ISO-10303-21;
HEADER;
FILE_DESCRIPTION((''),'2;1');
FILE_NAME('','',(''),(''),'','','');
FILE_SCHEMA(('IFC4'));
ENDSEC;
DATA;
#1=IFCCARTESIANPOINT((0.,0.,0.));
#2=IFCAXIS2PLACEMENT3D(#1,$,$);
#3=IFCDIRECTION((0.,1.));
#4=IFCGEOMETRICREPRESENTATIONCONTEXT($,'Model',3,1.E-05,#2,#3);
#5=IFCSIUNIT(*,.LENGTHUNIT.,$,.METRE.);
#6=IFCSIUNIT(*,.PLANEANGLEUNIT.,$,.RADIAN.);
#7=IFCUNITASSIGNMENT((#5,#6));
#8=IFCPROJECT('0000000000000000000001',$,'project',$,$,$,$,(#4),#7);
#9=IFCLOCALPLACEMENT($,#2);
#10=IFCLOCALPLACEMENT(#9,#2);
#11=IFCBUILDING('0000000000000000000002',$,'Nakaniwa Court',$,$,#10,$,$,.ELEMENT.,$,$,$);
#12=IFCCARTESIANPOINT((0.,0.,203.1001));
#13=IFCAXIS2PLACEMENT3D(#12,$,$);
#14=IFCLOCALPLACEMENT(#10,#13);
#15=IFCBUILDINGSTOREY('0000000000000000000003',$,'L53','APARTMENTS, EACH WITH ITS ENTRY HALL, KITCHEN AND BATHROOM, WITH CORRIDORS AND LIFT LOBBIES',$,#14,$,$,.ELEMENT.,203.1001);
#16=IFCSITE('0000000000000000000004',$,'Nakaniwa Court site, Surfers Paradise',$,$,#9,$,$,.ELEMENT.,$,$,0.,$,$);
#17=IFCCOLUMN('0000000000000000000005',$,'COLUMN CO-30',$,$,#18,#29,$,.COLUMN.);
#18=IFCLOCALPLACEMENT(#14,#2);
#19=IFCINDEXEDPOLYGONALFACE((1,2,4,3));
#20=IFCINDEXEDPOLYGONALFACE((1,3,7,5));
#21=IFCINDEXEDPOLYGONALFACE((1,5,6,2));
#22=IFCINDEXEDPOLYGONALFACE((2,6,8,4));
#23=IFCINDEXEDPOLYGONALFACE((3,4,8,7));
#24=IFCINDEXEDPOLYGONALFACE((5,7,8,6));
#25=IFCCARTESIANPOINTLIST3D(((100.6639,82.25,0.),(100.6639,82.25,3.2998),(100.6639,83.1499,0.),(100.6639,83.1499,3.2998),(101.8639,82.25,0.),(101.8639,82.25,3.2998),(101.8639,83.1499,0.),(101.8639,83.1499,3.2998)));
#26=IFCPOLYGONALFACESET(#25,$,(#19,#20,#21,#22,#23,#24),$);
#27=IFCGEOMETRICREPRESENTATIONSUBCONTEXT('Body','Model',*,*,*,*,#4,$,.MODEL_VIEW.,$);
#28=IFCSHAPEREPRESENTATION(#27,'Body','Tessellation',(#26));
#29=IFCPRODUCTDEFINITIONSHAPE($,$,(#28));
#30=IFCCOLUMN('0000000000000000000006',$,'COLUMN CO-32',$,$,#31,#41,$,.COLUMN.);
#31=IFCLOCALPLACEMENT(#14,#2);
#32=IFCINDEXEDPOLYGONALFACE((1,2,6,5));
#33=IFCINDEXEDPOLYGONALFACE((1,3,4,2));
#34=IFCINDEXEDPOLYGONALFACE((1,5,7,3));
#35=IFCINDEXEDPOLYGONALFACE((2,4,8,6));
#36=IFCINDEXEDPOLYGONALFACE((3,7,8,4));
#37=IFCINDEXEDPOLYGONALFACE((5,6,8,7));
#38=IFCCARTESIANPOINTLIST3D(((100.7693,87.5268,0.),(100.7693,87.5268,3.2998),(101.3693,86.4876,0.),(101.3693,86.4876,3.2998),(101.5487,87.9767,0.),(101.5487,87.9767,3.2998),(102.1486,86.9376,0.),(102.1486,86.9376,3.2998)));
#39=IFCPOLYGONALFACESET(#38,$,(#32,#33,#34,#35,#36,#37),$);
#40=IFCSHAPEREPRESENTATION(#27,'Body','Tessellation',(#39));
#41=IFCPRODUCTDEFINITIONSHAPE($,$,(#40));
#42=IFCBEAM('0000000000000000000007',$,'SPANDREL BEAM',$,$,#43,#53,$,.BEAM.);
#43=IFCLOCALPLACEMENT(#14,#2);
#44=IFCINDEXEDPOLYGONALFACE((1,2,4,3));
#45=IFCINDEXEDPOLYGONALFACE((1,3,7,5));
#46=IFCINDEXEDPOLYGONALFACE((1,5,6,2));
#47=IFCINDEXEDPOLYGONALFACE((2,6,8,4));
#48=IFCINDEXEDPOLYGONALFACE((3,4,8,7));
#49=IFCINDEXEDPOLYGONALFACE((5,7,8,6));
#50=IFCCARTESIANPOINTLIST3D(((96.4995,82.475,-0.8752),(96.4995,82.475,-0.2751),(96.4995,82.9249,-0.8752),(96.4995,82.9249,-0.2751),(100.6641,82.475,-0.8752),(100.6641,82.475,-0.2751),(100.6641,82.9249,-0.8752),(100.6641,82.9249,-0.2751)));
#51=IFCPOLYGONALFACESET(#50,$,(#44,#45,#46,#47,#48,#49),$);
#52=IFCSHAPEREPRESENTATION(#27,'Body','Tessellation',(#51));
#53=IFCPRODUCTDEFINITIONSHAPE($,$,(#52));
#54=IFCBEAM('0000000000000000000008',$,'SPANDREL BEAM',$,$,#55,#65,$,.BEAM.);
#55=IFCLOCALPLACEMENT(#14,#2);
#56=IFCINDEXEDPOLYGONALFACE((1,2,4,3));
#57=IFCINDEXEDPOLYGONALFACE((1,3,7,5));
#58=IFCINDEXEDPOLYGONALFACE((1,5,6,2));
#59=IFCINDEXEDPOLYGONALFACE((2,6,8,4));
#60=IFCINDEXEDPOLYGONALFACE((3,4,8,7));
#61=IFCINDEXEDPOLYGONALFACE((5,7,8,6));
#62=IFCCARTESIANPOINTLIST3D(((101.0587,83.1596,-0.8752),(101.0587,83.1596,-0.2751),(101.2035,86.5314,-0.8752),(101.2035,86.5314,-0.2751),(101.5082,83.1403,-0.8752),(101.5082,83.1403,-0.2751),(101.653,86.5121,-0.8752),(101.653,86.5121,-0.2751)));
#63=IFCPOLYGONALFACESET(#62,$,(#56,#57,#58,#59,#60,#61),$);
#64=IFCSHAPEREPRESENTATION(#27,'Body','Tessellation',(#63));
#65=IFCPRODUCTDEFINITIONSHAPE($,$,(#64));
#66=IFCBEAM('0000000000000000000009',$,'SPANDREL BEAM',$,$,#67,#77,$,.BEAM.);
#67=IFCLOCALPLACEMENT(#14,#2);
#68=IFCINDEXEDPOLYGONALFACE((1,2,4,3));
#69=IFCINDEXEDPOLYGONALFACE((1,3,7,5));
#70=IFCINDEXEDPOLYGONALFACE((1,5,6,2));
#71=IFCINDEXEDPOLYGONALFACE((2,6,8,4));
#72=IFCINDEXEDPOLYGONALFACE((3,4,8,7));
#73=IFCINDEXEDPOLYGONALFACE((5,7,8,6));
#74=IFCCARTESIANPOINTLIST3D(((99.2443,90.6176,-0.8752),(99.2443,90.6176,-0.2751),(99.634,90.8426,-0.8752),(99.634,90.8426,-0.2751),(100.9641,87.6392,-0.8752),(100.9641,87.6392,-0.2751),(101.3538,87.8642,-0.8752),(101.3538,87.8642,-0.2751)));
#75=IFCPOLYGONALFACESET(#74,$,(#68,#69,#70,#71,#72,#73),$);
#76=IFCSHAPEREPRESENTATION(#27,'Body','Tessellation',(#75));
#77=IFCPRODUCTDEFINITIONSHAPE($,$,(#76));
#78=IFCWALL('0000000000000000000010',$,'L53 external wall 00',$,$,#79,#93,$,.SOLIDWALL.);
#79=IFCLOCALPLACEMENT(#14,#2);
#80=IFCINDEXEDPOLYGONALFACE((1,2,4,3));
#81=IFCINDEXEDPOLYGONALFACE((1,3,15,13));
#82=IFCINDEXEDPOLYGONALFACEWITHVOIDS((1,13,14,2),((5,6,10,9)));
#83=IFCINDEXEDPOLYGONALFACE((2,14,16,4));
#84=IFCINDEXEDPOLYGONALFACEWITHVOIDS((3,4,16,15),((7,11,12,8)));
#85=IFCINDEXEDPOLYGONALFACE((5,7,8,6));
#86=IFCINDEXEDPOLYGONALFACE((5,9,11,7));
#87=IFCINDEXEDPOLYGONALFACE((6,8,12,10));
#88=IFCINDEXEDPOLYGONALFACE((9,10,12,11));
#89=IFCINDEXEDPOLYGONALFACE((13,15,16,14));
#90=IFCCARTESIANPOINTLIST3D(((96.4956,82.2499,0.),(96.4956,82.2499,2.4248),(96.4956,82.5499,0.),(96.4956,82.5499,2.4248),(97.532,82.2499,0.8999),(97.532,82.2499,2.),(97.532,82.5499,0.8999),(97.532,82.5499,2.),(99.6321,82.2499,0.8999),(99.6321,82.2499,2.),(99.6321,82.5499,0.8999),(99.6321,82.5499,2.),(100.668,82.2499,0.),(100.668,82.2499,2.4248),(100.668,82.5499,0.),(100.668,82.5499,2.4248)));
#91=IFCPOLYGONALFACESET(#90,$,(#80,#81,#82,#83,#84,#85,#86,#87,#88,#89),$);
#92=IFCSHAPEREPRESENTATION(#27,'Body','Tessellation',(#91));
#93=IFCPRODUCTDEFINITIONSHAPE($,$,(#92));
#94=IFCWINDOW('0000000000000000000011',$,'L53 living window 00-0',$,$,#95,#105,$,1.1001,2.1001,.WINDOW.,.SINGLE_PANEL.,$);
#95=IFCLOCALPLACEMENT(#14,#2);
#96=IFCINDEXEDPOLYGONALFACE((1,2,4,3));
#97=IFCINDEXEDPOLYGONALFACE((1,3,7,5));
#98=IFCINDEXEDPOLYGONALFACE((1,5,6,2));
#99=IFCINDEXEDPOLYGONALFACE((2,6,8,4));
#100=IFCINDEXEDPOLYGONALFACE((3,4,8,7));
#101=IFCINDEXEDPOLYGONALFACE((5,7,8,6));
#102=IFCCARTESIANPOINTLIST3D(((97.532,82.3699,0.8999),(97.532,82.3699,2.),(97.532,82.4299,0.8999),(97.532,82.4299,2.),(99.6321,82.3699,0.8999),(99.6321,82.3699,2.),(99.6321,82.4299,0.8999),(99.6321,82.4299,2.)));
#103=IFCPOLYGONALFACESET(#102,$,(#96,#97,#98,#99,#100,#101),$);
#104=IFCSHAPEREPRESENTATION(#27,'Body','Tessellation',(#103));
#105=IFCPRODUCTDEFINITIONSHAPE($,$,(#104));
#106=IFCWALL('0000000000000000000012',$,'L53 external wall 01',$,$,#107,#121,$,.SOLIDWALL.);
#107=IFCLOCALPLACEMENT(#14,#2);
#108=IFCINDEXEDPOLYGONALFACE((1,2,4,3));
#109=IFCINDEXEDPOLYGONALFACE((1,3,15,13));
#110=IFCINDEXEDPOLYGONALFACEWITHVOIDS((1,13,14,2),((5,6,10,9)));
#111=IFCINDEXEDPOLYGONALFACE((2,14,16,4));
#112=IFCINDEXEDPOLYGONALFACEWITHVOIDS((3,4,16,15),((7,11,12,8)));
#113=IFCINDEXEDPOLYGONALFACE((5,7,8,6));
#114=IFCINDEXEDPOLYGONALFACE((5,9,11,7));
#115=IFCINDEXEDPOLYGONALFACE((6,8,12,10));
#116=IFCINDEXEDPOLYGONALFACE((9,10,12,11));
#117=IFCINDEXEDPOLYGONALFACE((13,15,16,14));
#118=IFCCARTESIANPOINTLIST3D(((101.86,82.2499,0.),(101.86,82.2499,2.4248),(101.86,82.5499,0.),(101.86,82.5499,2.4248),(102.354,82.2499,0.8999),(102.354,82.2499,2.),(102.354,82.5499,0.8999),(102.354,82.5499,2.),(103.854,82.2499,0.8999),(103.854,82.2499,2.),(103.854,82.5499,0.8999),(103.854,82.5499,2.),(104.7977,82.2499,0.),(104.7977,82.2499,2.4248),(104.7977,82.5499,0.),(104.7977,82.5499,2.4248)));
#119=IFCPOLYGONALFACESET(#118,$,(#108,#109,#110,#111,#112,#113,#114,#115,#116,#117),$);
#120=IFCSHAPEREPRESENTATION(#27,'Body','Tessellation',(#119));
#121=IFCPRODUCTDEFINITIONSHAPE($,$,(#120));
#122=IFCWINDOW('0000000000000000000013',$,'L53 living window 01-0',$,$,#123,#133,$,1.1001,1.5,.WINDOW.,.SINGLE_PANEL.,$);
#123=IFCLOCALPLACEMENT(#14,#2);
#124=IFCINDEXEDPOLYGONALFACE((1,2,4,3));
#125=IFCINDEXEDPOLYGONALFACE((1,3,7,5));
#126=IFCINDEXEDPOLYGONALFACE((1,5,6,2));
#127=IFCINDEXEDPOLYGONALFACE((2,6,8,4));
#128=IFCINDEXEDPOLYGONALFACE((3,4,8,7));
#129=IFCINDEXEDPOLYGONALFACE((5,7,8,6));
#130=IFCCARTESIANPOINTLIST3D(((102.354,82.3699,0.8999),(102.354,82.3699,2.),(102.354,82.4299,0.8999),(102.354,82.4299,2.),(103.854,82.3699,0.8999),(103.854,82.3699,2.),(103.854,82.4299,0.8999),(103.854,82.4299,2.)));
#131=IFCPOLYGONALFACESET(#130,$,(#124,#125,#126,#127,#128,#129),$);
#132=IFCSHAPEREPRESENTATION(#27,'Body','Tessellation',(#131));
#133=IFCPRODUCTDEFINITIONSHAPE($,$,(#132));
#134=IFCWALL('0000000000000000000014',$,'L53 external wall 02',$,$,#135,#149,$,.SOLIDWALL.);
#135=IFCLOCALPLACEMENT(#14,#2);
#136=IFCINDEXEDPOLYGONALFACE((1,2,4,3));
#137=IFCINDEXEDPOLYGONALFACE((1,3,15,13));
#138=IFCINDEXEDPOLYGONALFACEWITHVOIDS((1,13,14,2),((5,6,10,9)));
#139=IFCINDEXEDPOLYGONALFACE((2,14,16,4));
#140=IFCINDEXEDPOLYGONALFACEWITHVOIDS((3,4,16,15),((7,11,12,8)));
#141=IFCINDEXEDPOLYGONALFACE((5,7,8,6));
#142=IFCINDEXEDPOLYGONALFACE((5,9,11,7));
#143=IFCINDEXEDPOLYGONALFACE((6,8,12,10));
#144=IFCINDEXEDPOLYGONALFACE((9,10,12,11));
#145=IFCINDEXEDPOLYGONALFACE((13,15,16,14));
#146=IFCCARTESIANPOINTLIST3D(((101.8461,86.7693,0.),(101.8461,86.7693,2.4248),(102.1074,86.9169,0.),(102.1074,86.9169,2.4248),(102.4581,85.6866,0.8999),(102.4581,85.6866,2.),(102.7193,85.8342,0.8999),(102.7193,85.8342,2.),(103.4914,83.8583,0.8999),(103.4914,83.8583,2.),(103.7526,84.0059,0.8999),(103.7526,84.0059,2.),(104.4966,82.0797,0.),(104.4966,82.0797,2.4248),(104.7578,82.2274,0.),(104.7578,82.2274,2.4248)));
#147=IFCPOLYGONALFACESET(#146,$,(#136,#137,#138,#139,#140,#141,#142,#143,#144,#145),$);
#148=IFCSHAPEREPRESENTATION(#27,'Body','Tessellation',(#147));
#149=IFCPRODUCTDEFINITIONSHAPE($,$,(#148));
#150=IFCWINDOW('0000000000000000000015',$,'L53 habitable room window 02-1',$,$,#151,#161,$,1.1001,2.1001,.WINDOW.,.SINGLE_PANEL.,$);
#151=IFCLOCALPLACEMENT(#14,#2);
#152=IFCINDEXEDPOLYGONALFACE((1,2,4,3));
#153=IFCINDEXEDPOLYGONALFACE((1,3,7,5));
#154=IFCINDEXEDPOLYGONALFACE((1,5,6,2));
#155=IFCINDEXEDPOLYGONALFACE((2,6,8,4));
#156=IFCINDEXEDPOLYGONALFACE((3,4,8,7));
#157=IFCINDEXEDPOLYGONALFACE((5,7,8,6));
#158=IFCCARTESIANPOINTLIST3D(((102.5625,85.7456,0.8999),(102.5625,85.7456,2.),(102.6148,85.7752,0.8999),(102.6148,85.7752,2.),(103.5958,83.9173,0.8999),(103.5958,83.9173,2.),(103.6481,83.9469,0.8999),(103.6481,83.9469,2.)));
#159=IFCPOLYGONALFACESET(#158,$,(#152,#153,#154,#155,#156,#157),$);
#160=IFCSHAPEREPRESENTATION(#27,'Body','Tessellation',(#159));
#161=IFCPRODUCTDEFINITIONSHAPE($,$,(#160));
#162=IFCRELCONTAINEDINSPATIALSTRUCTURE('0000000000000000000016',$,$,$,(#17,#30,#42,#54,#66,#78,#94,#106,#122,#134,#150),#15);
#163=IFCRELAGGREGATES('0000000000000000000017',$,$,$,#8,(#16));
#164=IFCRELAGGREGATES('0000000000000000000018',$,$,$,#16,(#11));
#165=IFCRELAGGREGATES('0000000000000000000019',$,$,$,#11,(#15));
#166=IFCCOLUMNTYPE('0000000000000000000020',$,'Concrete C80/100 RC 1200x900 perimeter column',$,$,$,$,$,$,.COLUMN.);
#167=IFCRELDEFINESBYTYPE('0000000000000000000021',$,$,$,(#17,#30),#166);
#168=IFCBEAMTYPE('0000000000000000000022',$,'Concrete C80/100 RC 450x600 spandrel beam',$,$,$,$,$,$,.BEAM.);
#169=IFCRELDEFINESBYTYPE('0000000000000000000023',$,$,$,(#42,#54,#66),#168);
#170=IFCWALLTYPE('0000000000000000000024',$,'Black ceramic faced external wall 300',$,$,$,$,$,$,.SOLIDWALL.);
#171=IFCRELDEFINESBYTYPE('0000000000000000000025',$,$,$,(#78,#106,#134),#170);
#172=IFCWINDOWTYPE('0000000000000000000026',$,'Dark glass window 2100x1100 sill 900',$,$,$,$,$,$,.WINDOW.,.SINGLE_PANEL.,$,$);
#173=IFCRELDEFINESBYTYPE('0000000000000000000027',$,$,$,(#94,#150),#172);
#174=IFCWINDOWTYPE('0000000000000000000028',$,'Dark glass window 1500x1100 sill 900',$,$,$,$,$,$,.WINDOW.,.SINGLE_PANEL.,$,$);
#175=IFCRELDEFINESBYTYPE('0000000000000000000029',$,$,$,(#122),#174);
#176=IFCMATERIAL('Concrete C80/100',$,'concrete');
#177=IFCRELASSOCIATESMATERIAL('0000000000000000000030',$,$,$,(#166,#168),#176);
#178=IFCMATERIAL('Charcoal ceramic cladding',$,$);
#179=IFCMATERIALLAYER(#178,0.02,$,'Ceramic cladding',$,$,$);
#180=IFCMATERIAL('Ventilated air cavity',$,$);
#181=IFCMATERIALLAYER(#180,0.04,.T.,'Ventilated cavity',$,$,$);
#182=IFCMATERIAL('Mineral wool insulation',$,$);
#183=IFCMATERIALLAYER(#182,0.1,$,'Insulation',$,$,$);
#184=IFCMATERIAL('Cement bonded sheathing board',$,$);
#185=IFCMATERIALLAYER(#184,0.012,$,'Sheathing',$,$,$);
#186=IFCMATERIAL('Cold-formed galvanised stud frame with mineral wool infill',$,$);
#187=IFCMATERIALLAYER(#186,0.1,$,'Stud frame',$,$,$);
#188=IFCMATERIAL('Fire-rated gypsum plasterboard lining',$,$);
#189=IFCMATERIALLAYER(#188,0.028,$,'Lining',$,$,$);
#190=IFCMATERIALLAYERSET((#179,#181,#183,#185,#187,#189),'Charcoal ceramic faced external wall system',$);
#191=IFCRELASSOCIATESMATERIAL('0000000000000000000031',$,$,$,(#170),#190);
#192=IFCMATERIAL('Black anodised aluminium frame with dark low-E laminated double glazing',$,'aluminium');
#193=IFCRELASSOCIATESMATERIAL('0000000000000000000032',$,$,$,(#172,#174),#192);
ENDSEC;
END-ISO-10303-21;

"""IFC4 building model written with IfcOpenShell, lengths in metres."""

from ifc_helpers import new_model, si_unit, direction, frame, frame_2d, origin, origin_2d, place, context, subcontext, project, spatial, rectangle, extrude, material, layer, layer_set, material_profile, profile_set, type_object, element, fill, save


model = new_model("IFC4")

# Units and contexts
model_context = context("Model", 3, precision=1e-05, world=origin(), true_north=direction((0.0, 1.0)))
body_context = subcontext(model_context, "Body", "Model", "MODEL_VIEW")
ifc_project = project(units=[si_unit("LENGTHUNIT", "METRE"), si_unit("PLANEANGLEUNIT", "RADIAN")], contexts=[model_context])

# Site, building, storey
site_placement = place(None, origin())
site = spatial("IfcSite", under=ifc_project, at=site_placement, Name="Nakaniwa Court site, Surfers Paradise", CompositionType="ELEMENT", RefElevation=0.0)
building_placement = place(site_placement, origin())
building = spatial("IfcBuilding", under=site, at=building_placement, Name="Nakaniwa Court", CompositionType="ELEMENT")
storey_placement = place(building_placement, frame((0.0, 0.0, 203.1001)))
storey = spatial("IfcBuildingStorey", under=building, at=storey_placement, Name="L53", Description="APARTMENTS, EACH WITH ITS ENTRY HALL, KITCHEN AND BATHROOM, WITH CORRIDORS AND LIFT LOBBIES", CompositionType="ELEMENT", Elevation=203.1001)

# Columns
ifc_material_1 = material(Name="Concrete C80/100", Category="concrete")
ifc_material_profile_1 = material_profile(ifc_material_1, rectangle(XDim=1.2, YDim=0.8999, at=origin_2d()), Name="Concrete C80/100 RC 1200x900 perimeter column")
ifc_profile_set_1 = profile_set([ifc_material_profile_1], Name="Concrete C80/100")
column_type = type_object("IfcColumnType", Name="Concrete C80/100 RC 1200x900 perimeter column", PredefinedType="COLUMN", material=ifc_profile_set_1)
for number, where, z_axis, x_axis, name in (
    (1, (101.2639, 82.7, 0.0), (0.0, 0.0, 1.0), (1.0, 0.0, 0.0), "COLUMN CO-30"),
    (2, (101.459, 87.2322, 0.0), (0.0, 0.0, 1.0), (-0.5, 0.866025, 0.0), "COLUMN CO-32"),
):
    element("IfcColumn", number, at=place(storey_placement, frame(where, z_axis=z_axis, x_axis=x_axis)), inside=storey, type_object=column_type, Name=name, PredefinedType="COLUMN", context=body_context, shape_type="SweptSolid", body=[
        extrude(rectangle(XDim=1.2, YDim=0.8999, at=origin_2d()), origin(), (0.0, 0.0, 1.0), 3.2998),
    ])

# Beams
ifc_material_profile_2 = material_profile(ifc_material_1, rectangle(XDim=0.45, YDim=0.6001, at=origin_2d()), Name="Concrete C80/100 RC 450x600 spandrel beam")
ifc_profile_set_2 = profile_set([ifc_material_profile_2], Name="Concrete C80/100")
beam_type = type_object("IfcBeamType", Name="Concrete C80/100 RC 450x600 spandrel beam", PredefinedType="BEAM", material=ifc_profile_set_2)
beam_1_placement = place(storey_placement, frame((96.4995, 82.7, -0.5752), z_axis=(1.0, 0.0, 0.0), x_axis=(0.0, 1.0, 0.0)))
element("IfcBeam", 3, at=beam_1_placement, inside=storey, type_object=beam_type, Name="SPANDREL BEAM", PredefinedType="BEAM", context=body_context, shape_type="SweptSolid", body=[
    extrude(rectangle(XDim=0.45, YDim=0.6001, at=origin_2d()), origin(), (0.0, 0.0, 1.0), 4.1646),
])
beam_2_placement = place(storey_placement, frame((101.2834, 83.1499, -0.5752), z_axis=(0.042897, 0.999079, 0.0), x_axis=(-0.999079, 0.042897, 0.0)))
element("IfcBeam", 4, at=beam_2_placement, inside=storey, type_object=beam_type, Name="SPANDREL BEAM", PredefinedType="BEAM", context=body_context, shape_type="SweptSolid", body=[
    extrude(rectangle(XDim=0.45, YDim=0.6001, at=origin_2d()), origin(), (0.0, 0.0, 1.0), 3.375),
])
beam_3_placement = place(storey_placement, frame((101.1589, 87.7517, -0.5752), z_axis=(-0.500048, 0.865998, 0.0), x_axis=(-0.865998, -0.500048, 0.0)))
element("IfcBeam", 5, at=beam_3_placement, inside=storey, type_object=beam_type, Name="SPANDREL BEAM", PredefinedType="BEAM", context=body_context, shape_type="SweptSolid", body=[
    extrude(rectangle(XDim=0.45, YDim=0.6001, at=origin_2d()), origin(), (0.0, 0.0, 1.0), 3.4392),
])

# Walls, openings, windows
ifc_material_2 = material(Name="Charcoal ceramic cladding")
ifc_layer_1 = layer(ifc_material_2, 0.02, Name="Ceramic cladding")
ifc_material_3 = material(Name="Ventilated air cavity")
ifc_layer_2 = layer(ifc_material_3, 0.04, ventilated=True, Name="Ventilated cavity")
ifc_material_4 = material(Name="Mineral wool insulation")
ifc_layer_3 = layer(ifc_material_4, 0.1, Name="Insulation")
ifc_material_5 = material(Name="Cement bonded sheathing board")
ifc_layer_4 = layer(ifc_material_5, 0.012, Name="Sheathing")
ifc_material_6 = material(Name="Cold-formed galvanised stud frame with mineral wool infill")
ifc_layer_5 = layer(ifc_material_6, 0.1, Name="Stud frame")
ifc_material_7 = material(Name="Fire-rated gypsum plasterboard lining")
ifc_layer_6 = layer(ifc_material_7, 0.028, Name="Lining")
ifc_layer_set_1 = layer_set([ifc_layer_1, ifc_layer_2, ifc_layer_3, ifc_layer_4, ifc_layer_5, ifc_layer_6], Name="Charcoal ceramic faced external wall system")
wall_type_1 = type_object("IfcWallType", Name="Black ceramic faced external wall 300", PredefinedType="SOLIDWALL", material=ifc_layer_set_1)
wall_1_placement = place(storey_placement, frame((96.4956, 82.3999, 0.0), z_axis=(0.0, 0.0, 1.0), x_axis=(1.0, 0.0, 0.0)))
wall_1 = element("IfcWall", 6, at=wall_1_placement, inside=storey, type_object=wall_type_1, Name="L53 external wall 00", PredefinedType="SOLIDWALL", context=body_context, shape_type="SweptSolid", body=[
    extrude(rectangle(XDim=4.1724, YDim=0.3, at=frame_2d((2.0862, 0.0))), origin(), (0.0, 0.0, 1.0), 2.4248),
])
opening_1_placement = place(wall_1_placement, frame((1.0364, 0.0, 0.8999)))
opening_1 = element("IfcOpeningElement", 7, at=opening_1_placement, cuts=wall_1, PredefinedType="OPENING", context=body_context, shape_type="SweptSolid", body=[
    extrude(rectangle(XDim=2.1001, YDim=1.1001, at=frame_2d((1.05, 0.55))), frame((0.0, 0.1599, 0.0), z_axis=(0.0, -1.0, 0.0), x_axis=(1.0, 0.0, 0.0)), (0.0, 0.0, 1.0), 0.3201),
])
ifc_material_8 = material(Name="Black anodised aluminium frame with dark low-E laminated double glazing", Category="aluminium")
window_type_1 = type_object("IfcWindowType", Name="Dark glass window 2100x1100 sill 900", PartitioningType="SINGLE_PANEL", PredefinedType="WINDOW", material=ifc_material_8)
window_1_placement = place(opening_1_placement, origin())
window_1 = element("IfcWindow", 8, at=window_1_placement, inside=storey, type_object=window_type_1, Name="L53 living window 00-0", OverallHeight=1.1001, OverallWidth=2.1001, PartitioningType="SINGLE_PANEL", PredefinedType="WINDOW", context=body_context, shape_type="SweptSolid", body=[
    extrude(rectangle(XDim=2.1001, YDim=1.1001, at=frame_2d((1.05, 0.55))), frame((0.0, 0.03, 0.0), z_axis=(0.0, -1.0, 0.0), x_axis=(1.0, 0.0, 0.0)), (0.0, 0.0, 1.0), 0.0601),
])
fill(opening_1, window_1)
wall_2_placement = place(storey_placement, frame((101.8601, 82.3999, 0.0), z_axis=(0.0, 0.0, 1.0), x_axis=(1.0, 0.0, 0.0)))
wall_2 = element("IfcWall", 9, at=wall_2_placement, inside=storey, type_object=wall_type_1, Name="L53 external wall 01", PredefinedType="SOLIDWALL", context=body_context, shape_type="SweptSolid", body=[
    extrude(rectangle(XDim=2.9377, YDim=0.3, at=frame_2d((1.4688, 0.0))), origin(), (0.0, 0.0, 1.0), 2.4248),
])
opening_2_placement = place(wall_2_placement, frame((0.4939, 0.0, 0.8999)))
opening_2 = element("IfcOpeningElement", 10, at=opening_2_placement, cuts=wall_2, PredefinedType="OPENING", context=body_context, shape_type="SweptSolid", body=[
    extrude(rectangle(XDim=1.5, YDim=1.1001, at=frame_2d((0.75, 0.55))), frame((0.0, 0.1599, 0.0), z_axis=(0.0, -1.0, 0.0), x_axis=(1.0, 0.0, 0.0)), (0.0, 0.0, 1.0), 0.3201),
])
window_type_2 = type_object("IfcWindowType", Name="Dark glass window 1500x1100 sill 900", PartitioningType="SINGLE_PANEL", PredefinedType="WINDOW", material=ifc_material_8)
window_2_placement = place(opening_2_placement, origin())
window_2 = element("IfcWindow", 11, at=window_2_placement, inside=storey, type_object=window_type_2, Name="L53 living window 01-0", OverallHeight=1.1001, OverallWidth=1.5, PartitioningType="SINGLE_PANEL", PredefinedType="WINDOW", context=body_context, shape_type="SweptSolid", body=[
    extrude(rectangle(XDim=1.5, YDim=1.1001, at=frame_2d((0.75, 0.55))), frame((0.0, 0.03, 0.0), z_axis=(0.0, -1.0, 0.0), x_axis=(1.0, 0.0, 0.0)), (0.0, 0.0, 1.0), 0.0601),
])
fill(opening_2, window_2)
wall_3_placement = place(storey_placement, frame((104.6272, 82.1536, 0.0), z_axis=(0.0, 0.0, 1.0), x_axis=(-0.492033, 0.870576, 0.0)))
wall_3 = element("IfcWall", 12, at=wall_3_placement, inside=storey, type_object=wall_type_1, Name="L53 external wall 02", PredefinedType="SOLIDWALL", context=body_context, shape_type="SweptSolid", body=[
    extrude(rectangle(XDim=5.3867, YDim=0.3, at=frame_2d((2.6934, 0.0))), origin(), (0.0, 0.0, 1.0), 2.4248),
])
opening_3_placement = place(wall_3_placement, frame((2.043, 0.0, 0.8999)))
opening_3 = element("IfcOpeningElement", 13, at=opening_3_placement, cuts=wall_3, PredefinedType="OPENING", context=body_context, shape_type="SweptSolid", body=[
    extrude(rectangle(XDim=2.1001, YDim=1.1001, at=frame_2d((1.05, 0.55))), frame((0.0, 0.1599, 0.0), z_axis=(0.0, -1.0, 0.0), x_axis=(1.0, 0.0, 0.0)), (0.0, 0.0, 1.0), 0.3201),
])
window_3_placement = place(opening_3_placement, origin())
window_3 = element("IfcWindow", 14, at=window_3_placement, inside=storey, type_object=window_type_1, Name="L53 habitable room window 02-1", OverallHeight=1.1001, OverallWidth=2.1001, PartitioningType="SINGLE_PANEL", PredefinedType="WINDOW", context=body_context, shape_type="SweptSolid", body=[
    extrude(rectangle(XDim=2.1001, YDim=1.1001, at=frame_2d((1.05, 0.55))), frame((0.0, 0.03, 0.0), z_axis=(0.0, -1.0, 0.0), x_axis=(1.0, 0.0, 0.0)), (0.0, 0.0, 1.0), 0.0601),
])
fill(opening_3, window_3)

save(model, "model.ifc")
